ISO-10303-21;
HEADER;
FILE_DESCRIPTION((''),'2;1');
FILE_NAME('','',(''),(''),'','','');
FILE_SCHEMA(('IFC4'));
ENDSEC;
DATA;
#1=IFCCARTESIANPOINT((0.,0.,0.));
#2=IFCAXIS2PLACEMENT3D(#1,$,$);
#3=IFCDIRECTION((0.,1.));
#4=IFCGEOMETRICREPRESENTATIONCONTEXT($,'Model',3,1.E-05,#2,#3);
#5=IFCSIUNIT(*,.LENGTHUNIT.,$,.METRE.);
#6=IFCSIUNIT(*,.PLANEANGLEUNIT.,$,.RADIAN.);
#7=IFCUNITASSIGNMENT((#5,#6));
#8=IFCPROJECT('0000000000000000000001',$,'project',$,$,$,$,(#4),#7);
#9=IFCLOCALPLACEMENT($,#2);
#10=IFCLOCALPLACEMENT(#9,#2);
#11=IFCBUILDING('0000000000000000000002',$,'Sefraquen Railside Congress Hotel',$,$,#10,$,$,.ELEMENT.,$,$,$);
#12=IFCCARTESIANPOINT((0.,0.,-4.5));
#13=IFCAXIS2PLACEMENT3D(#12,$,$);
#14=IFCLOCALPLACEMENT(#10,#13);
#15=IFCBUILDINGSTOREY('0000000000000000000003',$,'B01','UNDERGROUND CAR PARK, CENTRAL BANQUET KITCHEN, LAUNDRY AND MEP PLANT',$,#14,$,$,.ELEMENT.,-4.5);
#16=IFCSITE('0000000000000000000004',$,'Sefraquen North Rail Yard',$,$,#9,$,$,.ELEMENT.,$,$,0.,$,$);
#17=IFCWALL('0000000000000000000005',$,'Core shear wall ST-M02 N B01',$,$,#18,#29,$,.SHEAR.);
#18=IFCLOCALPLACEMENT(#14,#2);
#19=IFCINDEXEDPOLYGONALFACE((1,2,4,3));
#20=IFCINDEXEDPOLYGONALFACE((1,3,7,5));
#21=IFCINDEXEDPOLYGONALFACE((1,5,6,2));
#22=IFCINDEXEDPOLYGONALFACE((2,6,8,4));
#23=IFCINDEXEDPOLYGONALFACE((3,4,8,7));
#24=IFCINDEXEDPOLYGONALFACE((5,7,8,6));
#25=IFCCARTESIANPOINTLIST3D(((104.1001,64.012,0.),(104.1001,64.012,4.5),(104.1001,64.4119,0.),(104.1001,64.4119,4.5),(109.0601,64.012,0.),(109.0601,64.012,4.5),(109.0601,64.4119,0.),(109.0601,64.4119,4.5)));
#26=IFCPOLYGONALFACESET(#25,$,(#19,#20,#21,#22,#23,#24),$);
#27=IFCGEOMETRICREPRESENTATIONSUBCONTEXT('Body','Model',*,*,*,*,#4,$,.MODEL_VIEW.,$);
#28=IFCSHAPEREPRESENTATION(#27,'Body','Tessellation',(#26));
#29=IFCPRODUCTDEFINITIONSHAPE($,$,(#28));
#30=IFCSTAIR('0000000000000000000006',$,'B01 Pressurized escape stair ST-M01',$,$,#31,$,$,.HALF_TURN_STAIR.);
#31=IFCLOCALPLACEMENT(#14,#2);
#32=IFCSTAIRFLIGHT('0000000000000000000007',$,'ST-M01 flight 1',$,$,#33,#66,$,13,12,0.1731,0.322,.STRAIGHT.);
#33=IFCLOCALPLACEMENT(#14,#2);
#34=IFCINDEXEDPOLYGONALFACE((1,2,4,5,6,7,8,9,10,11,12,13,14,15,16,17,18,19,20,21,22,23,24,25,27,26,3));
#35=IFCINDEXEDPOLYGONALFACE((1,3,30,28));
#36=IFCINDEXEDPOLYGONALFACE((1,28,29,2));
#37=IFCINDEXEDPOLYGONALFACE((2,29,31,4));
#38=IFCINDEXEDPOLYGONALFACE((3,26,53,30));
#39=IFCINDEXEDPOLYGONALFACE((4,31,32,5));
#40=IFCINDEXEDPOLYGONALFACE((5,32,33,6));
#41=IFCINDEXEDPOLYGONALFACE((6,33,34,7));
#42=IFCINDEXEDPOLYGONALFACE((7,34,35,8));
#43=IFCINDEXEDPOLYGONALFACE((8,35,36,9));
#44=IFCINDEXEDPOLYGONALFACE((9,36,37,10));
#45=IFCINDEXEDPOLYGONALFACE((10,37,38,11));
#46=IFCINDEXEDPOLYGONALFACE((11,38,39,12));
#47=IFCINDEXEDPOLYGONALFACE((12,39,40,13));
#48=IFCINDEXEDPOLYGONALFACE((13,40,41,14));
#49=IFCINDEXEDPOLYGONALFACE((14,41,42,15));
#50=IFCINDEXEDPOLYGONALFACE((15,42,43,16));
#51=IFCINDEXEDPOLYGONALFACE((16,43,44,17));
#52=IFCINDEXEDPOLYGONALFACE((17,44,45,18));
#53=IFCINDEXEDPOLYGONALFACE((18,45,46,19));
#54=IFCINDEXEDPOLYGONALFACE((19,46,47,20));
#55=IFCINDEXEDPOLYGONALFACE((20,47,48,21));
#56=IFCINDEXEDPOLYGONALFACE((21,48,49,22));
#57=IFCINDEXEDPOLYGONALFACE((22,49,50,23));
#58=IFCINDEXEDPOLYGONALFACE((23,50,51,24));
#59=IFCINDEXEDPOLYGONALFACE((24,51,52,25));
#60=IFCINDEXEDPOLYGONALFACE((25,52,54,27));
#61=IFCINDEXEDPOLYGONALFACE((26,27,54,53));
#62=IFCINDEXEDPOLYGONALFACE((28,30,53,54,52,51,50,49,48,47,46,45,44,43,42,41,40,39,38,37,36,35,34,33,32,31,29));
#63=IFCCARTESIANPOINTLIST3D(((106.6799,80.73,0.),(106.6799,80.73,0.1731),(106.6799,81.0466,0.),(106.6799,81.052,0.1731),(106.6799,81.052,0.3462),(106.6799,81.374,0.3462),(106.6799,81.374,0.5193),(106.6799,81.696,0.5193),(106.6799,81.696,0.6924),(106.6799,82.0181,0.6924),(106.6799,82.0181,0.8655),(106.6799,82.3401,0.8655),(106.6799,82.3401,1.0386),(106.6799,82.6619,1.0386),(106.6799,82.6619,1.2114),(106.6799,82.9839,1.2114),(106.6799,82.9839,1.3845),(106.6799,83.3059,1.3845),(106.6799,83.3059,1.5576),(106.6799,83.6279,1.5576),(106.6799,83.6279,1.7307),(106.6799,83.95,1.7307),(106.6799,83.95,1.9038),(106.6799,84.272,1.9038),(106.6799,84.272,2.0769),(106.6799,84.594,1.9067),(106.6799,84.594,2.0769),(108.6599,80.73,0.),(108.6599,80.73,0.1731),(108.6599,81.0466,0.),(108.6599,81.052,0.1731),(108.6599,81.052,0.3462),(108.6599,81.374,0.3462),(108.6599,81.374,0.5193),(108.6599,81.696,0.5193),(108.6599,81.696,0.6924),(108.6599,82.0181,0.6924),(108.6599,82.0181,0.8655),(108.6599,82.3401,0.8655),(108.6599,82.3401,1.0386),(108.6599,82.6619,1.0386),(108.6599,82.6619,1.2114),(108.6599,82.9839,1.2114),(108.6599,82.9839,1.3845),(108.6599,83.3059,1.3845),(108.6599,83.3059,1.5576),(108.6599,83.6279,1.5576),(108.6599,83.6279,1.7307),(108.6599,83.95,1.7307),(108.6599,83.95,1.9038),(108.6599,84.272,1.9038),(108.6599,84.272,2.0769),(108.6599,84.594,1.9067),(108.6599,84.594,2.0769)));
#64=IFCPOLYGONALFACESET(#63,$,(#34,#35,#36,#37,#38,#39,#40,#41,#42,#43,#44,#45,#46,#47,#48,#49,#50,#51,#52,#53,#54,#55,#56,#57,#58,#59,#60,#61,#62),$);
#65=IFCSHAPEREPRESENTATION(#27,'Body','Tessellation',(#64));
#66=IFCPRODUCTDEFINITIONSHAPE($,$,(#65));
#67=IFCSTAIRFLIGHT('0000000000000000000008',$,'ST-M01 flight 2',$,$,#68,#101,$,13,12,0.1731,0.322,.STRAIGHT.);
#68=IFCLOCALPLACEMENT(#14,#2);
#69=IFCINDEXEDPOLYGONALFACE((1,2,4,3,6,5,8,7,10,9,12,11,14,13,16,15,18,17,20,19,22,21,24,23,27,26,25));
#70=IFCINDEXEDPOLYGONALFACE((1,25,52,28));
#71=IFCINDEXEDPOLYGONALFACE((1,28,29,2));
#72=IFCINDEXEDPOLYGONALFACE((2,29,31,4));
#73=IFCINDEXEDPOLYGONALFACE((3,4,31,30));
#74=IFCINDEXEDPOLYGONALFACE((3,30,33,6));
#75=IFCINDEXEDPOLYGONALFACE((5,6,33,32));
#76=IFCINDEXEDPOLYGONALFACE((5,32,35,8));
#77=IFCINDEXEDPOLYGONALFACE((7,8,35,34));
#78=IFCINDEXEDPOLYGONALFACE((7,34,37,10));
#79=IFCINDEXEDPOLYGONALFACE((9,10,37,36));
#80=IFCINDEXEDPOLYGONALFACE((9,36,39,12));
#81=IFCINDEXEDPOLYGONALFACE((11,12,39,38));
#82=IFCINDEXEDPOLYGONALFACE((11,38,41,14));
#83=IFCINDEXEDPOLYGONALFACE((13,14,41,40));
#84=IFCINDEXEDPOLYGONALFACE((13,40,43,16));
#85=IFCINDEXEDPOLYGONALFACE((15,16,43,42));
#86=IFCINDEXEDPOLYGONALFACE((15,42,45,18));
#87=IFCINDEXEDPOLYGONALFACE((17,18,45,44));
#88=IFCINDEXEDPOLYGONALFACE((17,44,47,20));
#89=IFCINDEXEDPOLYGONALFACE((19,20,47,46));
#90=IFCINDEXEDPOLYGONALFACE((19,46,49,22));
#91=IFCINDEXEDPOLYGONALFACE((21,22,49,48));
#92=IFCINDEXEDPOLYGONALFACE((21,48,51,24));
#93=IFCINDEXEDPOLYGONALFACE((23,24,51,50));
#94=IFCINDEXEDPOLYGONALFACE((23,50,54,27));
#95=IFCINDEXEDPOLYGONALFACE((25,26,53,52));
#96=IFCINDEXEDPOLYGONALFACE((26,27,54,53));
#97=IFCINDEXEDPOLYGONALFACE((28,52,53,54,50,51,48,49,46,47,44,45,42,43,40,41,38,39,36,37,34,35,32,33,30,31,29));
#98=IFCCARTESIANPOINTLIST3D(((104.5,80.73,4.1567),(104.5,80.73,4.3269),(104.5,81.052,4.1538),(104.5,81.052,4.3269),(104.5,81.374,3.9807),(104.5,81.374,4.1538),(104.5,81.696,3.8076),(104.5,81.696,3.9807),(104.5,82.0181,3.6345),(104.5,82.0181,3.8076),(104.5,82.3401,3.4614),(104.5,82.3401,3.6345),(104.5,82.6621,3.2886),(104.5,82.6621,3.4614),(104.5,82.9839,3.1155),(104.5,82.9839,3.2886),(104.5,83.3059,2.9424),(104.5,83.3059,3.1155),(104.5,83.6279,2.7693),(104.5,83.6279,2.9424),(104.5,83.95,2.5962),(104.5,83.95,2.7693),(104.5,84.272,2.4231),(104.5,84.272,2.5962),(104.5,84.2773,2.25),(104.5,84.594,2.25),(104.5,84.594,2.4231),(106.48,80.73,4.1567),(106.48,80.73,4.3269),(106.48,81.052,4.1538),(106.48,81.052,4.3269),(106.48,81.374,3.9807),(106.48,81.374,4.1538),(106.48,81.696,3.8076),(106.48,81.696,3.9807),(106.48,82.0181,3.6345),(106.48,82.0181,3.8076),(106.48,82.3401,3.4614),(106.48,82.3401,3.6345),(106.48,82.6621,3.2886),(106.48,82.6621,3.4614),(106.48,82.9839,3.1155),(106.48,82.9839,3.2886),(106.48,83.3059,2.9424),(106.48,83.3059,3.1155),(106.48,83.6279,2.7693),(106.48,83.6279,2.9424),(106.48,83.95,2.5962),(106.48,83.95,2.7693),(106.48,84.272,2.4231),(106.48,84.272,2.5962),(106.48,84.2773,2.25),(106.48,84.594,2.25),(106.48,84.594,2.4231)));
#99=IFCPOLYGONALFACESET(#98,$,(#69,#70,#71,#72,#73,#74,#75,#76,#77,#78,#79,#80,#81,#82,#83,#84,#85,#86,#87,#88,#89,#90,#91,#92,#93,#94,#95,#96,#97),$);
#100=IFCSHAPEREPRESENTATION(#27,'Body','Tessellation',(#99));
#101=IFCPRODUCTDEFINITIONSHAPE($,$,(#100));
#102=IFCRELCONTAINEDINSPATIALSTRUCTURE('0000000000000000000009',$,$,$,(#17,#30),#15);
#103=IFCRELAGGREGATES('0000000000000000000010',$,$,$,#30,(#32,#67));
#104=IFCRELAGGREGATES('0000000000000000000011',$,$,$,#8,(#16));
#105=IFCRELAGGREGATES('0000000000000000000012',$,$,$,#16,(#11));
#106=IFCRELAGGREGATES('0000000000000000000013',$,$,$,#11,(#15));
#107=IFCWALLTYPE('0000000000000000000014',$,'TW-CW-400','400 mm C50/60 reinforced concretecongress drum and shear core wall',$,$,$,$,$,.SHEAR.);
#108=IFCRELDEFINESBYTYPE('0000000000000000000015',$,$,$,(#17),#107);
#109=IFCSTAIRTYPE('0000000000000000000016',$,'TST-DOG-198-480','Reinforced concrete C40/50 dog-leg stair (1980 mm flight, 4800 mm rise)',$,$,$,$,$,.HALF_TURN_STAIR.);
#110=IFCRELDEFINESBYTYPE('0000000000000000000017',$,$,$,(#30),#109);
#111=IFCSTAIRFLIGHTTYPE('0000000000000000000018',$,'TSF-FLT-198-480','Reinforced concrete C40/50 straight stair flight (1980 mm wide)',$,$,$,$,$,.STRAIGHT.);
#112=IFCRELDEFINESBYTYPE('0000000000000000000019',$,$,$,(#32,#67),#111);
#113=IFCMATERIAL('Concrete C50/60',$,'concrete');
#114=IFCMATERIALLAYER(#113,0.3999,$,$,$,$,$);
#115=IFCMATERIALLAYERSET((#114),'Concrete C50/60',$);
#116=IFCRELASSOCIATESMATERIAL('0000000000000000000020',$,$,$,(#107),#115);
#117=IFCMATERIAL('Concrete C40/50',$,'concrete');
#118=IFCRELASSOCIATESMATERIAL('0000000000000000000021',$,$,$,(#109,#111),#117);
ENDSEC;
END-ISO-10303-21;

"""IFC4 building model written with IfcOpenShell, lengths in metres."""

from ifc_helpers import new_model, si_unit, direction, frame, frame_2d, origin, place, context, subcontext, project, spatial, polyline, rectangle, outline, extrude, material, layer, layer_set, type_object, element, aggregate, save


model = new_model("IFC4")

# Units and contexts
model_context = context("Model", 3, precision=1e-05, world=origin(), true_north=direction((0.0, 1.0)))
body_context = subcontext(model_context, "Body", "Model", "MODEL_VIEW")
ifc_project = project(units=[si_unit("LENGTHUNIT", "METRE"), si_unit("PLANEANGLEUNIT", "RADIAN")], contexts=[model_context])

# Site, building, storey
site_placement = place(None, origin())
site = spatial("IfcSite", under=ifc_project, at=site_placement, Name="Sefraquen North Rail Yard", CompositionType="ELEMENT", RefElevation=0.0)
building_placement = place(site_placement, origin())
building = spatial("IfcBuilding", under=site, at=building_placement, Name="Sefraquen Railside Congress Hotel", CompositionType="ELEMENT")
storey_placement = place(building_placement, frame((0.0, 0.0, -4.5)))
storey = spatial("IfcBuildingStorey", under=building, at=storey_placement, Name="B01", Description="UNDERGROUND CAR PARK, CENTRAL BANQUET KITCHEN, LAUNDRY AND MEP PLANT", CompositionType="ELEMENT", Elevation=-4.5)

# Shared definitions
ifc_material_1 = material(Name="Concrete C50/60", Category="concrete")

# Shared definitions
ifc_layer_1 = layer(ifc_material_1, 0.3999)
ifc_layer_set_1 = layer_set([ifc_layer_1], Name="Concrete C50/60")
wall_type_1 = type_object("IfcWallType", Name="TW-CW-400", Description="400 mm C50/60 reinforced concretecongress drum and shear core wall", PredefinedType="SHEAR", material=ifc_layer_set_1)

# Wall
wall_1_placement = place(storey_placement, frame((104.1001, 64.2119, 0.0), z_axis=(0.0, 0.0, 1.0), x_axis=(1.0, 0.0, 0.0)))
element("IfcWall", 1, at=wall_1_placement, inside=storey, type_object=wall_type_1, Name="Core shear wall ST-M02 N B01", PredefinedType="SHEAR", context=body_context, shape_type="SweptSolid", body=[
    extrude(rectangle(XDim=4.96, YDim=0.3999, at=frame_2d((2.48, 0.0))), origin(), (0.0, 0.0, 1.0), 4.5),
])

# Stair, stair flights
ifc_material_2 = material(Name="Concrete C40/50", Category="concrete")
stair_type = type_object("IfcStairType", Name="TST-DOG-198-480", Description="Reinforced concrete C40/50 dog-leg stair (1980 mm flight, 4800 mm rise)", PredefinedType="HALF_TURN_STAIR", material=ifc_material_2)
stair_placement = place(storey_placement, origin())
stair = element("IfcStair", 2, at=stair_placement, inside=storey, type_object=stair_type, Name="B01 Pressurized escape stair ST-M01", PredefinedType="HALF_TURN_STAIR")
stair_flight_type = type_object("IfcStairFlightType", Name="TSF-FLT-198-480", Description="Reinforced concrete C40/50 straight stair flight (1980 mm wide)", PredefinedType="STRAIGHT", material=ifc_material_2)
stair_flight_1_placement = place(storey_placement, frame((107.6699, 80.73, 0.0), z_axis=(0.0, 0.0, 1.0), x_axis=(0.0, 1.0, 0.0)))
stair_flight_1 = element("IfcStairFlight", 3, at=stair_flight_1_placement, type_object=stair_flight_type, Name="ST-M01 flight 1", NumberOfRisers=13, NumberOfTreads=12, PredefinedType="STRAIGHT", RiserHeight=0.1731, TreadLength=0.322, context=body_context, shape_type="SweptSolid", body=[
    extrude(outline(polyline([(0.0, 0.0), (0.0, 0.1731), (0.322, 0.1731), (0.322, 0.3462), (0.644, 0.3462), (0.644, 0.5193), (0.9661, 0.5193), (0.9661, 0.6924), (1.2881, 0.6924), (1.2881, 0.8655), (1.6101, 0.8655), (1.6101, 1.0386), (1.9319, 1.0386), (1.9319, 1.2114), (2.2539, 1.2114), (2.2539, 1.3845), (2.5759, 1.3845), (2.5759, 1.5576), (2.8979, 1.5576), (2.8979, 1.7307), (3.22, 1.7307), (3.22, 1.9038), (3.542, 1.9038), (3.542, 2.0769), (3.864, 2.0769), (3.864, 2.25), (3.864, 1.9067), (0.3167, 0.0), (0.0, 0.0)])), frame((0.0, 0.99, 0.0), z_axis=(0.0, -1.0, 0.0), x_axis=(1.0, 0.0, 0.0)), (0.0, 0.0, 1.0), 1.98),
])
stair_flight_2_placement = place(storey_placement, frame((105.49, 84.594, 2.25), z_axis=(0.0, 0.0, 1.0), x_axis=(0.0, -1.0, 0.0)))
stair_flight_2 = element("IfcStairFlight", 4, at=stair_flight_2_placement, type_object=stair_flight_type, Name="ST-M01 flight 2", NumberOfRisers=13, NumberOfTreads=12, PredefinedType="STRAIGHT", RiserHeight=0.1731, TreadLength=0.322, context=body_context, shape_type="SweptSolid", body=[
    extrude(outline(polyline([(0.0, 0.0), (0.0, 0.1731), (0.322, 0.1731), (0.322, 0.3462), (0.644, 0.3462), (0.644, 0.5193), (0.9661, 0.5193), (0.9661, 0.6924), (1.2881, 0.6924), (1.2881, 0.8655), (1.6101, 0.8655), (1.6101, 1.0386), (1.9319, 1.0386), (1.9319, 1.2114), (2.2539, 1.2114), (2.2539, 1.3845), (2.5759, 1.3845), (2.5759, 1.5576), (2.8979, 1.5576), (2.8979, 1.7307), (3.22, 1.7307), (3.22, 1.9038), (3.542, 1.9038), (3.542, 2.0769), (3.864, 2.0769), (3.864, 2.25), (3.864, 1.9067), (0.3167, 0.0), (0.0, 0.0)])), frame((0.0, 0.99, 0.0), z_axis=(0.0, -1.0, 0.0), x_axis=(1.0, 0.0, 0.0)), (0.0, 0.0, 1.0), 1.98),
])
aggregate(stair, [stair_flight_1, stair_flight_2])

save(model, "model.ifc")
